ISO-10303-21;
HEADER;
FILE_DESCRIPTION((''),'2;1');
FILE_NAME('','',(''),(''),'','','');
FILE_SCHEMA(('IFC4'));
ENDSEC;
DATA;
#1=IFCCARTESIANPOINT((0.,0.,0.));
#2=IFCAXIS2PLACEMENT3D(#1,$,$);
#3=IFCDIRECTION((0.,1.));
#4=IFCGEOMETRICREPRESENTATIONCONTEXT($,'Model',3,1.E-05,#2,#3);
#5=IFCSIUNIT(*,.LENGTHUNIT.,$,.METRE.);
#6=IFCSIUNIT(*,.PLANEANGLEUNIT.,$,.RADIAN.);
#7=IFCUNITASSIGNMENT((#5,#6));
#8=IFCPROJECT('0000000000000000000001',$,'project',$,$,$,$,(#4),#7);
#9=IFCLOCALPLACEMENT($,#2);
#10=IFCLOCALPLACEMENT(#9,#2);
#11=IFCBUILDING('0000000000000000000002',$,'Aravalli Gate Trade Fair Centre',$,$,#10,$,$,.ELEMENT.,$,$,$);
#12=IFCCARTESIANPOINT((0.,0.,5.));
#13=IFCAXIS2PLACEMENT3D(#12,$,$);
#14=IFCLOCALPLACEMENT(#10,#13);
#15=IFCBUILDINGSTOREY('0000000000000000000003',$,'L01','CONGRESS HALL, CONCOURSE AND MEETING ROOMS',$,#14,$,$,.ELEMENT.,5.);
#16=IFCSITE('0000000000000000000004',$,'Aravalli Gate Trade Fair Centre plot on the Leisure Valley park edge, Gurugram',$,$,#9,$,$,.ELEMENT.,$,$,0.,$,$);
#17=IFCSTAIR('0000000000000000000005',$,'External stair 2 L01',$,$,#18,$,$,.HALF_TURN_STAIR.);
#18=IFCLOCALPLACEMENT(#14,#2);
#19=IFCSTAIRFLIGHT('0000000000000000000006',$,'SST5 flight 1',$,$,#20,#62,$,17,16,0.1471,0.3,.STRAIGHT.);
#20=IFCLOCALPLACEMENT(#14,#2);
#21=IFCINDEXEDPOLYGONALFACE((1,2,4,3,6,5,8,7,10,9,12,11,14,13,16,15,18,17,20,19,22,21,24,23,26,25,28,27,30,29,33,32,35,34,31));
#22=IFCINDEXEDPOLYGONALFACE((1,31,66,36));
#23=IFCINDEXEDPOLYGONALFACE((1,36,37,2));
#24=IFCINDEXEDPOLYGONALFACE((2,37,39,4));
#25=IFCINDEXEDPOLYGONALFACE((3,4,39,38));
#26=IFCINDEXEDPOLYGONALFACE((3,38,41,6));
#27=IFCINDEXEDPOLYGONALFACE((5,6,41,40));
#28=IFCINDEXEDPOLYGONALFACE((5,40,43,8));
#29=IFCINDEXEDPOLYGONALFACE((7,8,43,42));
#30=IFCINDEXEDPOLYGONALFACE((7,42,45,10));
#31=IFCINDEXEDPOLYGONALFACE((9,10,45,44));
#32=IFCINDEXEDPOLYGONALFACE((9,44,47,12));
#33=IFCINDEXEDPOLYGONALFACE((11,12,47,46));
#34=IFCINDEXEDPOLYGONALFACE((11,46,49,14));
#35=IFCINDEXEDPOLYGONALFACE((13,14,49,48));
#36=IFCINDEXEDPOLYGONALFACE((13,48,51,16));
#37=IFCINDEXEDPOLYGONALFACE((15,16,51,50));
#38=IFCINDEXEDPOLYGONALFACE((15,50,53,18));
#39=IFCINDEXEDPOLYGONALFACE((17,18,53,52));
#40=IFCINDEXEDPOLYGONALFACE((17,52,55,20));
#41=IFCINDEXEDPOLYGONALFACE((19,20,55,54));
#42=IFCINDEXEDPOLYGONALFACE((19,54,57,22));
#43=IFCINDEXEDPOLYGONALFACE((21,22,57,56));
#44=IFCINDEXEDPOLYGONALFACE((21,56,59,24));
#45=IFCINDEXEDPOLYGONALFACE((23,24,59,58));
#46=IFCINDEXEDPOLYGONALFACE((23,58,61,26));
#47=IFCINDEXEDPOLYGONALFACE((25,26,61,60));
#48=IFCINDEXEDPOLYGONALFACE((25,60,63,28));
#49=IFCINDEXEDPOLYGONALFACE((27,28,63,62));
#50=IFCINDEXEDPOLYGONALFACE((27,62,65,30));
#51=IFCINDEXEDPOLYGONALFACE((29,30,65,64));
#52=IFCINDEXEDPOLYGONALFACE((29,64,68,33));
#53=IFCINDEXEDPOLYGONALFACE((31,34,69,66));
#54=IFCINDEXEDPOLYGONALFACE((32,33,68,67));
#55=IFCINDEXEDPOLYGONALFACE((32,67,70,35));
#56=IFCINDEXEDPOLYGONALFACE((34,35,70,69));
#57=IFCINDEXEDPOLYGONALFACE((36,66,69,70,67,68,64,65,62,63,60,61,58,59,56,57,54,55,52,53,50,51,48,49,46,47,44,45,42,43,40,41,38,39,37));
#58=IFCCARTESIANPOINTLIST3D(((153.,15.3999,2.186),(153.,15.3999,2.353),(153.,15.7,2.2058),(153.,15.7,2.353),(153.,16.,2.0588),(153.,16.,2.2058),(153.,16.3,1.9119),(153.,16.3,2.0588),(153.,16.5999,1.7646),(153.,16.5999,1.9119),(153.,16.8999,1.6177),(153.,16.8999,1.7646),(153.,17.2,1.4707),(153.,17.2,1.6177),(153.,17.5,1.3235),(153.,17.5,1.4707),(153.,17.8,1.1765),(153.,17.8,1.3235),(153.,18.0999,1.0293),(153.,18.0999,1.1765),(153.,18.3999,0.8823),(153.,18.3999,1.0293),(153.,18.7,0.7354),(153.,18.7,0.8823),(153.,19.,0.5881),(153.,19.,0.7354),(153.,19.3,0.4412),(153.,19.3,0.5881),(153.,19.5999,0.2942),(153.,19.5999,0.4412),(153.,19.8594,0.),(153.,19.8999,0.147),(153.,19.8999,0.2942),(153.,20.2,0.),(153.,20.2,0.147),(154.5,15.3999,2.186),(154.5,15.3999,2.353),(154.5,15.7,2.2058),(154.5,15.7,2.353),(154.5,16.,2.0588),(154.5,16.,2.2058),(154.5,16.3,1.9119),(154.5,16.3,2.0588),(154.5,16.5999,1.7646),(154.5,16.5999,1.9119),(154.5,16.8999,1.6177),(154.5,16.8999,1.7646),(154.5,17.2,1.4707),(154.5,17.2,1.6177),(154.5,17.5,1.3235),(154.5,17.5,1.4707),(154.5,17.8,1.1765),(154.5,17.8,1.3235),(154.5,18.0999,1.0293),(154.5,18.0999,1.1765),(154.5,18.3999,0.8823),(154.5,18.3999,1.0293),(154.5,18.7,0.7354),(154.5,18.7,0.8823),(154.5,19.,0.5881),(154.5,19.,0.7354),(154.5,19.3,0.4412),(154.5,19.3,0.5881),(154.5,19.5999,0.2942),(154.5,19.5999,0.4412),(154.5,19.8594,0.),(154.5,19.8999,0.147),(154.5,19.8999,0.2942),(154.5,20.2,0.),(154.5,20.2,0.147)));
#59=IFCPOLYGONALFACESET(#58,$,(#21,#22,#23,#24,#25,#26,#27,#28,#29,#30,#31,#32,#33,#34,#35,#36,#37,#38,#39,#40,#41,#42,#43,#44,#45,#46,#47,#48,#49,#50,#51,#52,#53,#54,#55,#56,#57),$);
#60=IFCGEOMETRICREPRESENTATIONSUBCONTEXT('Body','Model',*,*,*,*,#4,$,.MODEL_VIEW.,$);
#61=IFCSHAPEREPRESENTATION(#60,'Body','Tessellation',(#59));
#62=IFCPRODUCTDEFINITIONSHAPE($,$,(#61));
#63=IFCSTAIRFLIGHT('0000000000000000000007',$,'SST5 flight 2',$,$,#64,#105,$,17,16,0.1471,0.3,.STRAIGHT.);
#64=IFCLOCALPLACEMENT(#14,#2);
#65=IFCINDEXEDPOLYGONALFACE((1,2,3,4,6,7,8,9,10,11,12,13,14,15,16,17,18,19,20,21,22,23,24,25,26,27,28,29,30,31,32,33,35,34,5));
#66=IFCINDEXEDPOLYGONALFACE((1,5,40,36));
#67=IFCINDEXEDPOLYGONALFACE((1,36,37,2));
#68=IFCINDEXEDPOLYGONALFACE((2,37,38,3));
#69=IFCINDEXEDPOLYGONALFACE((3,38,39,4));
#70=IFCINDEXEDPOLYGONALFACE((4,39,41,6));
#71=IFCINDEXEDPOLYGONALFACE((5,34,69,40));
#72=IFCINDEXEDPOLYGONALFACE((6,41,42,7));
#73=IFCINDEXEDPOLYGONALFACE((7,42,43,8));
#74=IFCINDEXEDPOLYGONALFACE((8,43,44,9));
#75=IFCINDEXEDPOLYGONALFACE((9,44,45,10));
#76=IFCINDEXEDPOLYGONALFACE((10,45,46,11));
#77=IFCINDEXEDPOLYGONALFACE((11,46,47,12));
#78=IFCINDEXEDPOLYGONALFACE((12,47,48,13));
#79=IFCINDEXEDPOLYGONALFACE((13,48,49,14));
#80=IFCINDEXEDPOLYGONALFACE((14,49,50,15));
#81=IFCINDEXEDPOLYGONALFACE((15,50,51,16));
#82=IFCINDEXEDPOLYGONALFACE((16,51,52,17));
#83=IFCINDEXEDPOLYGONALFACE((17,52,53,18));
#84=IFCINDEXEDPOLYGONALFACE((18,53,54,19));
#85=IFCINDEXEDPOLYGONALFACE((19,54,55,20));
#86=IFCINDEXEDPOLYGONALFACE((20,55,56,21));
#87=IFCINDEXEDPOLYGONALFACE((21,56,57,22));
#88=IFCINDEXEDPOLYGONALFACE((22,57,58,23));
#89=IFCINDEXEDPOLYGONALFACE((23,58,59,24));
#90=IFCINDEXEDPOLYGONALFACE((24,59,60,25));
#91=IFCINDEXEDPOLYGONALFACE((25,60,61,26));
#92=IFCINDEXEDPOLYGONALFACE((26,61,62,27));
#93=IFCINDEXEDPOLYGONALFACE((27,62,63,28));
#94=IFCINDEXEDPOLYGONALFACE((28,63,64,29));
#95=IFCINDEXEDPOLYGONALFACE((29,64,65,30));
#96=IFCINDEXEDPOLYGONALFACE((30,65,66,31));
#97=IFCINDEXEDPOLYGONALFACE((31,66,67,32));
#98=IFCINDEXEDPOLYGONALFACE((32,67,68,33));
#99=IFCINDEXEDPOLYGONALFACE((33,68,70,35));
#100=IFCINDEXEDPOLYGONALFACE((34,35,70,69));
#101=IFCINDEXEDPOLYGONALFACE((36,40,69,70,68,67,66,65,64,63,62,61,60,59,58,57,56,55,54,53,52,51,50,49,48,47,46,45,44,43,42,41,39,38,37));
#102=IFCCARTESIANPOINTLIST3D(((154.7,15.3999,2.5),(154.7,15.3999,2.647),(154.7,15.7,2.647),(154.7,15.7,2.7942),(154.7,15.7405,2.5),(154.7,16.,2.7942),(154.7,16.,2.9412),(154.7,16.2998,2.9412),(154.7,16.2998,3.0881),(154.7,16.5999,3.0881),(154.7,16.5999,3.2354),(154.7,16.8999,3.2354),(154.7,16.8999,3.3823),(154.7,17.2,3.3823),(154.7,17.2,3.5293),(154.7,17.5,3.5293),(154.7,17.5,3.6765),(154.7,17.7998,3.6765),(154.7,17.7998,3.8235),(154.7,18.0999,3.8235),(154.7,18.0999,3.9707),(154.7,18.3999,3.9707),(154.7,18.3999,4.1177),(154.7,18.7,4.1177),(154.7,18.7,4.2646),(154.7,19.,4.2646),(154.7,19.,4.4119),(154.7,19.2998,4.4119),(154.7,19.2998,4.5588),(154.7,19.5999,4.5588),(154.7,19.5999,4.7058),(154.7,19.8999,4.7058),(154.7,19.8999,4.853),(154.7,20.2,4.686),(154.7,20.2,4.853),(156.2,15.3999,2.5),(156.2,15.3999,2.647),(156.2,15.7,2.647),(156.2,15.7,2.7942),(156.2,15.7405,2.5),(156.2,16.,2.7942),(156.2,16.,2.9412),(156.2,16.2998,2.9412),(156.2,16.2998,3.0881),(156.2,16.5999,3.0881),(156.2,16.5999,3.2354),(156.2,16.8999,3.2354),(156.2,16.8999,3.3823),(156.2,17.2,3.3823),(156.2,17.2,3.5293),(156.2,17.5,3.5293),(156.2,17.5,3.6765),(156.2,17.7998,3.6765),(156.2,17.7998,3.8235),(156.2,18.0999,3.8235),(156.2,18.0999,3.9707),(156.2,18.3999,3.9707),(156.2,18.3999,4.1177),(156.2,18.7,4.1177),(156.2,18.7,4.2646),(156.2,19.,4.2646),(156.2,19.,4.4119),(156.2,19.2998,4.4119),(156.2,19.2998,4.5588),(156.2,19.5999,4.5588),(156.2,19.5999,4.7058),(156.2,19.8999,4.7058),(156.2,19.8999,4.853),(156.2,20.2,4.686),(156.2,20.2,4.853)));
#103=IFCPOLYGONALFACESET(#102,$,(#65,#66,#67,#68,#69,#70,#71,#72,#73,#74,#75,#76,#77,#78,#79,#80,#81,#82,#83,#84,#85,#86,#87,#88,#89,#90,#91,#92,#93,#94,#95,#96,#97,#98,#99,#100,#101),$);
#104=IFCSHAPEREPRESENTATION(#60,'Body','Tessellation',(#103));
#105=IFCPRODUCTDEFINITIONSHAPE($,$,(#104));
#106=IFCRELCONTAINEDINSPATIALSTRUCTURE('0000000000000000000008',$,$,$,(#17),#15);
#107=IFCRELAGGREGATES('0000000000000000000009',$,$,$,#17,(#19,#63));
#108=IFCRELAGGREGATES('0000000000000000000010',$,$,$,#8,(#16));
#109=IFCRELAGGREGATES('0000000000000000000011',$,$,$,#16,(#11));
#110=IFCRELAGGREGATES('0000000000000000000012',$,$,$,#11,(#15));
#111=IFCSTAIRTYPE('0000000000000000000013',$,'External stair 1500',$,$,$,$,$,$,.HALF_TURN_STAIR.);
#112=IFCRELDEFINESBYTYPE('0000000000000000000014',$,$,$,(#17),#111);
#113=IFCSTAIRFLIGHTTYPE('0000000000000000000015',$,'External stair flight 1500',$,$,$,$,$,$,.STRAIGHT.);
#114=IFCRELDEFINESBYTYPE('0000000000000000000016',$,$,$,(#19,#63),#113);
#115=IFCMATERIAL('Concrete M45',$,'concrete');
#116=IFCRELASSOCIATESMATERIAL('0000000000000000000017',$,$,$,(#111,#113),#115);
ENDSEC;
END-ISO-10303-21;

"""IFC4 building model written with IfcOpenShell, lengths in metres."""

from ifc_helpers import new_model, si_unit, direction, frame, origin, place, context, subcontext, project, spatial, polyline, outline, extrude, material, type_object, element, aggregate, save


model = new_model("IFC4")

# Units and contexts
model_context = context("Model", 3, precision=1e-05, world=origin(), true_north=direction((0.0, 1.0)))
body_context = subcontext(model_context, "Body", "Model", "MODEL_VIEW")
ifc_project = project(units=[si_unit("LENGTHUNIT", "METRE"), si_unit("PLANEANGLEUNIT", "RADIAN")], contexts=[model_context])

# Site, building, storey
site_placement = place(None, origin())
site = spatial("IfcSite", under=ifc_project, at=site_placement, Name="Aravalli Gate Trade Fair Centre plot on the Leisure Valley park edge, Gurugram", CompositionType="ELEMENT", RefElevation=0.0)
building_placement = place(site_placement, origin())
building = spatial("IfcBuilding", under=site, at=building_placement, Name="Aravalli Gate Trade Fair Centre", CompositionType="ELEMENT")
storey_placement = place(building_placement, frame((0.0, 0.0, 5.0)))
storey = spatial("IfcBuildingStorey", under=building, at=storey_placement, Name="L01", Description="CONGRESS HALL, CONCOURSE AND MEETING ROOMS", CompositionType="ELEMENT", Elevation=5.0)

# Shared definitions
ifc_material_1 = material(Name="Concrete M45", Category="concrete")

# Stair, stair flights
stair_type = type_object("IfcStairType", Name="External stair 1500", PredefinedType="HALF_TURN_STAIR", material=ifc_material_1)
stair_placement = place(storey_placement, origin())
stair = element("IfcStair", 1, at=stair_placement, inside=storey, type_object=stair_type, Name="External stair 2 L01", PredefinedType="HALF_TURN_STAIR")
stair_flight_type = type_object("IfcStairFlightType", Name="External stair flight 1500", PredefinedType="STRAIGHT", material=ifc_material_1)
stair_flight_1_placement = place(storey_placement, frame((153.75, 20.2, 0.0), z_axis=(0.0, 0.0, 1.0), x_axis=(0.0, -1.0, 0.0)))
stair_flight_1 = element("IfcStairFlight", 2, at=stair_flight_1_placement, type_object=stair_flight_type, Name="SST5 flight 1", NumberOfRisers=17, NumberOfTreads=16, PredefinedType="STRAIGHT", RiserHeight=0.1471, TreadLength=0.3, context=body_context, shape_type="SweptSolid", body=[
    extrude(outline(polyline([(0.0, 0.0), (0.0, 0.147), (0.3, 0.147), (0.3, 0.2942), (0.6001, 0.2942), (0.6001, 0.4412), (0.8999, 0.4412), (0.8999, 0.5881), (1.2, 0.5881), (1.2, 0.7354), (1.5, 0.7354), (1.5, 0.8823), (1.8, 0.8823), (1.8, 1.0293), (2.1001, 1.0293), (2.1001, 1.1765), (2.3999, 1.1765), (2.3999, 1.3235), (2.7, 1.3235), (2.7, 1.4707), (3.0, 1.4707), (3.0, 1.6177), (3.3, 1.6177), (3.3, 1.7646), (3.6001, 1.7646), (3.6001, 1.9119), (3.8999, 1.9119), (3.8999, 2.0588), (4.2, 2.0588), (4.2, 2.2058), (4.5, 2.2058), (4.5, 2.353), (4.8, 2.353), (4.8, 2.5), (4.8, 2.186), (0.3406, 0.0), (0.0, 0.0)])), frame((0.0, 0.75, 0.0), z_axis=(0.0, -1.0, 0.0), x_axis=(1.0, 0.0, 0.0)), (0.0, 0.0, 1.0), 1.5),
])
stair_flight_2_placement = place(storey_placement, frame((155.45, 15.3999, 2.5), z_axis=(0.0, 0.0, 1.0), x_axis=(0.0, 1.0, 0.0)))
stair_flight_2 = element("IfcStairFlight", 3, at=stair_flight_2_placement, type_object=stair_flight_type, Name="SST5 flight 2", NumberOfRisers=17, NumberOfTreads=16, PredefinedType="STRAIGHT", RiserHeight=0.1471, TreadLength=0.3, context=body_context, shape_type="SweptSolid", body=[
    extrude(outline(polyline([(0.0, 0.0), (0.0, 0.147), (0.3, 0.147), (0.3, 0.2942), (0.6001, 0.2942), (0.6001, 0.4412), (0.8999, 0.4412), (0.8999, 0.5881), (1.2, 0.5881), (1.2, 0.7354), (1.5, 0.7354), (1.5, 0.8823), (1.8, 0.8823), (1.8, 1.0293), (2.1001, 1.0293), (2.1001, 1.1765), (2.3999, 1.1765), (2.3999, 1.3235), (2.7, 1.3235), (2.7, 1.4707), (3.0, 1.4707), (3.0, 1.6177), (3.3, 1.6177), (3.3, 1.7646), (3.6001, 1.7646), (3.6001, 1.9119), (3.8999, 1.9119), (3.8999, 2.0588), (4.2, 2.0588), (4.2, 2.2058), (4.5, 2.2058), (4.5, 2.353), (4.8, 2.353), (4.8, 2.5), (4.8, 2.186), (0.3406, 0.0), (0.0, 0.0)])), frame((0.0, 0.75, 0.0), z_axis=(0.0, -1.0, 0.0), x_axis=(1.0, 0.0, 0.0)), (0.0, 0.0, 1.0), 1.5),
])
aggregate(stair, [stair_flight_1, stair_flight_2])

save(model, "model.ifc")
